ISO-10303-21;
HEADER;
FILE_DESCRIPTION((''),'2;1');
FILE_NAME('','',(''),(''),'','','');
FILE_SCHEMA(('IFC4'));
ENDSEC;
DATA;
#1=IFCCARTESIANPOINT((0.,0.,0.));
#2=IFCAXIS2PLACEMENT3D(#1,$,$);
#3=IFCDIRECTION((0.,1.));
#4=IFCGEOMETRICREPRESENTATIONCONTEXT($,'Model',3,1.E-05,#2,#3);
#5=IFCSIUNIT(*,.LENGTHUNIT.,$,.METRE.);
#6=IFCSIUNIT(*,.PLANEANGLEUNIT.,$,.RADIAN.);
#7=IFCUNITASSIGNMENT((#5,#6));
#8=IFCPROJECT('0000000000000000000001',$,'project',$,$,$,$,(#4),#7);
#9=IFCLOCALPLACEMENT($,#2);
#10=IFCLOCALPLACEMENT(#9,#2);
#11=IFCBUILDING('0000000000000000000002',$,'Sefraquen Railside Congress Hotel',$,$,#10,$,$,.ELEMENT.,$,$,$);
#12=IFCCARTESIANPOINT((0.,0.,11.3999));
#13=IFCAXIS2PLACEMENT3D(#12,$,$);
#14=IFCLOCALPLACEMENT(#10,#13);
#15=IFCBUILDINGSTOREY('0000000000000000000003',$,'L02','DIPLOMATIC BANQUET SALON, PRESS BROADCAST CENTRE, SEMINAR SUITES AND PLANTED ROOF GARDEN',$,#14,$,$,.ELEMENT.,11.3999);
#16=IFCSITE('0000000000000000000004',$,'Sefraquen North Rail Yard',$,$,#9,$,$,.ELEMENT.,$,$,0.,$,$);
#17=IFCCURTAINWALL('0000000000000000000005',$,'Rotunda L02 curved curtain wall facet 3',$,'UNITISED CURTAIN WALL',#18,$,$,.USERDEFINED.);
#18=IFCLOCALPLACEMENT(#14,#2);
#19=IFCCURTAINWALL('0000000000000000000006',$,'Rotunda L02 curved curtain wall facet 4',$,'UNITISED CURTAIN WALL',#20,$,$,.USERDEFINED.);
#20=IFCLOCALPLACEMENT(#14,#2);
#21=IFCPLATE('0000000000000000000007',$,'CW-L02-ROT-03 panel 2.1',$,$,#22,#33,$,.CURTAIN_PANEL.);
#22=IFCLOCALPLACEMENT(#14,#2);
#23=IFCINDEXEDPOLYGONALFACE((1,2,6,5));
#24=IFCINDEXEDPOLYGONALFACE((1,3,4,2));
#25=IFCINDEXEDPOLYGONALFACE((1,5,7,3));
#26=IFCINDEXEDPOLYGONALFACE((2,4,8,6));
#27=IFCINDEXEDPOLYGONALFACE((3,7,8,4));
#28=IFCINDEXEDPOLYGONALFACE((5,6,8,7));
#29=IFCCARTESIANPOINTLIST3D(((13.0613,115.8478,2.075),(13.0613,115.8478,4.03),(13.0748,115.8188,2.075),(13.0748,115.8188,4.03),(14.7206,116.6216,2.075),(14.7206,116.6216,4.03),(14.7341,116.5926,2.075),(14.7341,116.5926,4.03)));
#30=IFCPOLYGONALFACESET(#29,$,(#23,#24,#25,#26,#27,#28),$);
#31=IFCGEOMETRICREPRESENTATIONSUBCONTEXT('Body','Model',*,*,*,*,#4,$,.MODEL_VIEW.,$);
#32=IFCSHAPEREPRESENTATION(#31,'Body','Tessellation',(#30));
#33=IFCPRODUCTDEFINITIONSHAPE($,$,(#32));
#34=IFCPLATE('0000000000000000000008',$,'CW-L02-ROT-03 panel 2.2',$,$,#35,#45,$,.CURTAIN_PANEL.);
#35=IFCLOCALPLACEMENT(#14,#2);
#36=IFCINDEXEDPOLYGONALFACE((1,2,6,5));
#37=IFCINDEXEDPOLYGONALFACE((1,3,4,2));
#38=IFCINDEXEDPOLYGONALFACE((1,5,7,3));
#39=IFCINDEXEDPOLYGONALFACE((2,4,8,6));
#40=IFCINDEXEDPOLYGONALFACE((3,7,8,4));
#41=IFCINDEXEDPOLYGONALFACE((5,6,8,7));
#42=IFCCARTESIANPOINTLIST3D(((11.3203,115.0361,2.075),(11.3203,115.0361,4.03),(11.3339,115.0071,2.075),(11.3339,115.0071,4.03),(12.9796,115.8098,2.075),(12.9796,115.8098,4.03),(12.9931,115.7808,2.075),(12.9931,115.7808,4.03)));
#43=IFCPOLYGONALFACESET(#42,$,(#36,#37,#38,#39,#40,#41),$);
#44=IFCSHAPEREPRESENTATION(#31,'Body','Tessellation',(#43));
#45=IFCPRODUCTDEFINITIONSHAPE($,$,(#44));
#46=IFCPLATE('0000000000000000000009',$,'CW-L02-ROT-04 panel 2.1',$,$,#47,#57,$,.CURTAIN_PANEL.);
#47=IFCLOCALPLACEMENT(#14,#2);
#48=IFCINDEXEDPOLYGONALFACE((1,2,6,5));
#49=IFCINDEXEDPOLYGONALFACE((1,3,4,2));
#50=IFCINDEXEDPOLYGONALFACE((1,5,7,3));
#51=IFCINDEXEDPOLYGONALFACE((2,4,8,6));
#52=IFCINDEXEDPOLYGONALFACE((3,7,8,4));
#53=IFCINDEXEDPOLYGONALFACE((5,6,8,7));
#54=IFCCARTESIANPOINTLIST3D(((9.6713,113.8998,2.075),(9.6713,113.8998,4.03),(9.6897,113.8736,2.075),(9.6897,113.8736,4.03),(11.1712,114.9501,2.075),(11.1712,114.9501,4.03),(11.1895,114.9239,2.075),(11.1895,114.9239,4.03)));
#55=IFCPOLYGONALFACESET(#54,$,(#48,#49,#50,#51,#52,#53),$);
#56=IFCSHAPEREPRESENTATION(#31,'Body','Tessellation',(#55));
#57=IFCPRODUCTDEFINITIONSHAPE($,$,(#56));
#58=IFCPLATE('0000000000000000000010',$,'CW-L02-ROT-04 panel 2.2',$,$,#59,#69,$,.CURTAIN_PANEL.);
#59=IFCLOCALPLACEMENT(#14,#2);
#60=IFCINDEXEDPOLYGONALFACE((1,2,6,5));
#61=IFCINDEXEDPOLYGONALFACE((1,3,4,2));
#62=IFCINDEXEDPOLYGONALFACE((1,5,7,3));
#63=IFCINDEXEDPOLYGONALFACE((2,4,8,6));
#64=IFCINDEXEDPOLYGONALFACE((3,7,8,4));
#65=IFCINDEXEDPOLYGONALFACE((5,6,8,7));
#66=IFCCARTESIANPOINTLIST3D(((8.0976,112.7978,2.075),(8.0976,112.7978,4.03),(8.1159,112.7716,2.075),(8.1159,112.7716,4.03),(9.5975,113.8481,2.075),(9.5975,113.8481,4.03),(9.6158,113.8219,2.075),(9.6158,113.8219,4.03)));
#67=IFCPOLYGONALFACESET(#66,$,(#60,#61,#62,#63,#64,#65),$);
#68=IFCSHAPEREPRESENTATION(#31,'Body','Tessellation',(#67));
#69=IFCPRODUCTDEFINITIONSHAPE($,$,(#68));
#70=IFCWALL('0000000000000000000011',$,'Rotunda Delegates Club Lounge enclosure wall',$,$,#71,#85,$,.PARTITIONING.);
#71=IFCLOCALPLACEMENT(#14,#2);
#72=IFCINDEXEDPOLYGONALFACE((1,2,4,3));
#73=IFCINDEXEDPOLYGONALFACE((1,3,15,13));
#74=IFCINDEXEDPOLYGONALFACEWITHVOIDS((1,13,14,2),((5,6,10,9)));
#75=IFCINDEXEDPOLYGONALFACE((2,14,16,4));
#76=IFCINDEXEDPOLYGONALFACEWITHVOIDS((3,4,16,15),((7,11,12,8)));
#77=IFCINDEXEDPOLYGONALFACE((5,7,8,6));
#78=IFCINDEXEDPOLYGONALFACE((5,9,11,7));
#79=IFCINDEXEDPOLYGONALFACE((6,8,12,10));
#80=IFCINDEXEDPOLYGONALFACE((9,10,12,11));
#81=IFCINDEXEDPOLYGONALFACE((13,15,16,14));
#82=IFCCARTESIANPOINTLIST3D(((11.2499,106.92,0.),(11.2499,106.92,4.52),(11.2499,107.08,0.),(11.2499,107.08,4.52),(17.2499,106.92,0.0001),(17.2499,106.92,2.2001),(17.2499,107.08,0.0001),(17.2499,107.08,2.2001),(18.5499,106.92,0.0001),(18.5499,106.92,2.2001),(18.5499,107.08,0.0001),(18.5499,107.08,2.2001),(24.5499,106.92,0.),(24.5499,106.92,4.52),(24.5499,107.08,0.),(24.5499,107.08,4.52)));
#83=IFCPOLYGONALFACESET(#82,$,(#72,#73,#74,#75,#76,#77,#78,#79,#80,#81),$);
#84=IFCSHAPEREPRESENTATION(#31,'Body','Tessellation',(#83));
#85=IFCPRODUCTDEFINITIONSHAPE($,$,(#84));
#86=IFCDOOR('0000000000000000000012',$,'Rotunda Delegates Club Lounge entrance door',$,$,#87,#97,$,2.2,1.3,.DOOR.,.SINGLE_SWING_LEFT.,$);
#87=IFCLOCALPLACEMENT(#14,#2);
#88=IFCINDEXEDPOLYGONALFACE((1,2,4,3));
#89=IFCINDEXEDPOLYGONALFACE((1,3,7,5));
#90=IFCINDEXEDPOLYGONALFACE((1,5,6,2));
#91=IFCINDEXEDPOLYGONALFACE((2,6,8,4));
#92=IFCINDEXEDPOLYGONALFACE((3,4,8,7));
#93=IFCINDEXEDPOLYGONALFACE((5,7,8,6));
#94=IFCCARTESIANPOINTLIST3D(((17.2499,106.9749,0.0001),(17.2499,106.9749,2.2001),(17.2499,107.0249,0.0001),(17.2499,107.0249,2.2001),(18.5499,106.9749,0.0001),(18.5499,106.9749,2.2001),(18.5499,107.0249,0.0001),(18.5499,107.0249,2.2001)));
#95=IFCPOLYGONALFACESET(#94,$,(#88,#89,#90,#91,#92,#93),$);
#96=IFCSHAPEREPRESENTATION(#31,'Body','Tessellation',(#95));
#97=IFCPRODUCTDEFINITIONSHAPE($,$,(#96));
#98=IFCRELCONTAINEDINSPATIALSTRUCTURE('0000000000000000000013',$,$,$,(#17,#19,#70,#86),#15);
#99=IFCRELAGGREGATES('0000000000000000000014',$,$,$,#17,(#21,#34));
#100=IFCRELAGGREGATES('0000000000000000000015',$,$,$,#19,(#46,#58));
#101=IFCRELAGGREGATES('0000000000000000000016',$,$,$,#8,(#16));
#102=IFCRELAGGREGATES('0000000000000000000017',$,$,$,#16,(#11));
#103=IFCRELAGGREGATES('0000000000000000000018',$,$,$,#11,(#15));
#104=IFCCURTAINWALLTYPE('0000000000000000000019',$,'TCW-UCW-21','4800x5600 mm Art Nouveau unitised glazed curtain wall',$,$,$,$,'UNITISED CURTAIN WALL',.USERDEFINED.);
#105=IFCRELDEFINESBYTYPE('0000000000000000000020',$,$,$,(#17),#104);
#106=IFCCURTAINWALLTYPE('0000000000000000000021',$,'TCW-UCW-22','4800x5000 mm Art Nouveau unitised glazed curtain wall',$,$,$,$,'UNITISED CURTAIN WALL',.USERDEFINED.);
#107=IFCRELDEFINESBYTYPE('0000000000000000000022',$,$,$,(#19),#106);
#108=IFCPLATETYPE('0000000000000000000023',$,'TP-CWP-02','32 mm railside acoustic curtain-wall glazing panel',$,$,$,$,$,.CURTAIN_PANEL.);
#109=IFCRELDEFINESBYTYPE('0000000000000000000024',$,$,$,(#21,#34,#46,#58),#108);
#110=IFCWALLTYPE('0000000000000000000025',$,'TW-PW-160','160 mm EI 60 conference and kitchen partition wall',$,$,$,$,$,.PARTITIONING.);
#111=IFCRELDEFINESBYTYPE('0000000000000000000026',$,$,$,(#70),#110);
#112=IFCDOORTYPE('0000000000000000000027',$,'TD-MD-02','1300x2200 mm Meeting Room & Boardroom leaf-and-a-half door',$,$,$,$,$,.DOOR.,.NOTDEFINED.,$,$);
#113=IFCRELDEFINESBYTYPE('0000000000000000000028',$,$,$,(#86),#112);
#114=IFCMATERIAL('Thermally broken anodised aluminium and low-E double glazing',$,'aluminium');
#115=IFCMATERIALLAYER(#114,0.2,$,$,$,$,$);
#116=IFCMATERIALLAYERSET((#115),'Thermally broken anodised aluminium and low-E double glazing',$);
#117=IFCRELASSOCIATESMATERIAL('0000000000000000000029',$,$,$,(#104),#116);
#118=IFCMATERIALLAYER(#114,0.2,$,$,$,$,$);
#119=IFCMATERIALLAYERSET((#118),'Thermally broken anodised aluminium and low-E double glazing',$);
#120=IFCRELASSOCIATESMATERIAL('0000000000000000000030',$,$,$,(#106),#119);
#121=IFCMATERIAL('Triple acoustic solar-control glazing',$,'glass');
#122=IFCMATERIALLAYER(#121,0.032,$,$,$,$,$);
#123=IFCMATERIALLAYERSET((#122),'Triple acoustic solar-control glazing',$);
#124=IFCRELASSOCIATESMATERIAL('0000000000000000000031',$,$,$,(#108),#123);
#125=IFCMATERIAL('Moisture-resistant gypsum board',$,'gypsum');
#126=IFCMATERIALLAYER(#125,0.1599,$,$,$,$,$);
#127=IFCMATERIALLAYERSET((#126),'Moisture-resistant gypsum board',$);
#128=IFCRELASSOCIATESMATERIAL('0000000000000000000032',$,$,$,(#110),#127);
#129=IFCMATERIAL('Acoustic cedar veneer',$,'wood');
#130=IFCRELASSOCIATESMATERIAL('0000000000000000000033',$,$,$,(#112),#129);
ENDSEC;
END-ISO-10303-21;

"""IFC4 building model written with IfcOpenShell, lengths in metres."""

from ifc_helpers import new_model, si_unit, direction, frame, frame_2d, origin, origin_2d, place, context, subcontext, project, spatial, rectangle, extrude, material, layer, layer_set, type_object, element, fill, aggregate, save


model = new_model("IFC4")

# Units and contexts
model_context = context("Model", 3, precision=1e-05, world=origin(), true_north=direction((0.0, 1.0)))
body_context = subcontext(model_context, "Body", "Model", "MODEL_VIEW")
ifc_project = project(units=[si_unit("LENGTHUNIT", "METRE"), si_unit("PLANEANGLEUNIT", "RADIAN")], contexts=[model_context])

# Site, building, storey
site_placement = place(None, origin())
site = spatial("IfcSite", under=ifc_project, at=site_placement, Name="Sefraquen North Rail Yard", CompositionType="ELEMENT", RefElevation=0.0)
building_placement = place(site_placement, origin())
building = spatial("IfcBuilding", under=site, at=building_placement, Name="Sefraquen Railside Congress Hotel", CompositionType="ELEMENT")
storey_placement = place(building_placement, frame((0.0, 0.0, 11.3999)))
storey = spatial("IfcBuildingStorey", under=building, at=storey_placement, Name="L02", Description="DIPLOMATIC BANQUET SALON, PRESS BROADCAST CENTRE, SEMINAR SUITES AND PLANTED ROOF GARDEN", CompositionType="ELEMENT", Elevation=11.3999)

# Curtain walls
ifc_material_1 = material(Name="Thermally broken anodised aluminium and low-E double glazing", Category="aluminium")
ifc_layer_1 = layer(ifc_material_1, 0.2)
ifc_layer_set_1 = layer_set([ifc_layer_1], Name="Thermally broken anodised aluminium and low-E double glazing")
curtain_wall_type_1 = type_object("IfcCurtainWallType", Name="TCW-UCW-21", Description="4800x5600 mm Art Nouveau unitised glazed curtain wall", ElementType="UNITISED CURTAIN WALL", PredefinedType="USERDEFINED", material=ifc_layer_set_1)
curtain_wall_1_placement = place(storey_placement, origin())
curtain_wall_1 = element("IfcCurtainWall", 1, at=curtain_wall_1_placement, inside=storey, type_object=curtain_wall_type_1, Name="Rotunda L02 curved curtain wall facet 3", ObjectType="UNITISED CURTAIN WALL", PredefinedType="USERDEFINED")
ifc_layer_2 = layer(ifc_material_1, 0.2)
ifc_layer_set_2 = layer_set([ifc_layer_2], Name="Thermally broken anodised aluminium and low-E double glazing")
curtain_wall_type_2 = type_object("IfcCurtainWallType", Name="TCW-UCW-22", Description="4800x5000 mm Art Nouveau unitised glazed curtain wall", ElementType="UNITISED CURTAIN WALL", PredefinedType="USERDEFINED", material=ifc_layer_set_2)
curtain_wall_2_placement = place(storey_placement, origin())
curtain_wall_2 = element("IfcCurtainWall", 2, at=curtain_wall_2_placement, inside=storey, type_object=curtain_wall_type_2, Name="Rotunda L02 curved curtain wall facet 4", ObjectType="UNITISED CURTAIN WALL", PredefinedType="USERDEFINED")

# Plates
ifc_material_2 = material(Name="Triple acoustic solar-control glazing", Category="glass")
ifc_layer_3 = layer(ifc_material_2, 0.032)
ifc_layer_set_3 = layer_set([ifc_layer_3], Name="Triple acoustic solar-control glazing")
plate_type_1 = type_object("IfcPlateType", Name="TP-CWP-02", Description="32 mm railside acoustic curtain-wall glazing panel", PredefinedType="CURTAIN_PANEL", material=ifc_layer_set_3)
plate_1_placement = place(storey_placement, frame((13.8977, 116.2202, 2.075), z_axis=(0.0, 0.0, 1.0), x_axis=(-0.9063, -0.422634, 0.0)))
plate_1 = element("IfcPlate", 3, at=plate_1_placement, type_object=plate_type_1, Name="CW-L02-ROT-03 panel 2.1", PredefinedType="CURTAIN_PANEL", context=body_context, shape_type="SweptSolid", body=[
    extrude(rectangle(XDim=1.8308, YDim=0.032, at=origin_2d()), origin(), (0.0, 0.0, 1.0), 1.9551),
])
plate_2_placement = place(storey_placement, frame((12.1567, 115.4084, 2.075), z_axis=(0.0, 0.0, 1.0), x_axis=(-0.9063, -0.422634, 0.0)))
plate_2 = element("IfcPlate", 4, at=plate_2_placement, type_object=plate_type_1, Name="CW-L02-ROT-03 panel 2.2", PredefinedType="CURTAIN_PANEL", context=body_context, shape_type="SweptSolid", body=[
    extrude(rectangle(XDim=1.8308, YDim=0.032, at=origin_2d()), origin(), (0.0, 0.0, 1.0), 1.9551),
])
aggregate(curtain_wall_1, [plate_1, plate_2])
plate_3_placement = place(storey_placement, frame((10.4304, 114.4119, 2.075), z_axis=(0.0, 0.0, 1.0), x_axis=(-0.819132, -0.573605, 0.0)))
plate_3 = element("IfcPlate", 5, at=plate_3_placement, type_object=plate_type_1, Name="CW-L02-ROT-04 panel 2.1", PredefinedType="CURTAIN_PANEL", context=body_context, shape_type="SweptSolid", body=[
    extrude(rectangle(XDim=1.8311, YDim=0.032, at=origin_2d()), origin(), (0.0, 0.0, 1.0), 1.9551),
])
plate_4_placement = place(storey_placement, frame((8.8567, 113.3098, 2.075), z_axis=(0.0, 0.0, 1.0), x_axis=(-0.819132, -0.573605, 0.0)))
plate_4 = element("IfcPlate", 6, at=plate_4_placement, type_object=plate_type_1, Name="CW-L02-ROT-04 panel 2.2", PredefinedType="CURTAIN_PANEL", context=body_context, shape_type="SweptSolid", body=[
    extrude(rectangle(XDim=1.8311, YDim=0.032, at=origin_2d()), origin(), (0.0, 0.0, 1.0), 1.9551),
])
aggregate(curtain_wall_2, [plate_3, plate_4])

# Wall, opening, door
ifc_material_3 = material(Name="Moisture-resistant gypsum board", Category="gypsum")
ifc_layer_4 = layer(ifc_material_3, 0.1599)
ifc_layer_set_4 = layer_set([ifc_layer_4], Name="Moisture-resistant gypsum board")
wall_type = type_object("IfcWallType", Name="TW-PW-160", Description="160 mm EI 60 conference and kitchen partition wall", PredefinedType="PARTITIONING", material=ifc_layer_set_4)
wall_placement = place(storey_placement, frame((11.25, 107.0, 0.0), z_axis=(0.0, 0.0, 1.0), x_axis=(1.0, 0.0, 0.0)))
wall = element("IfcWall", 7, at=wall_placement, inside=storey, type_object=wall_type, Name="Rotunda Delegates Club Lounge enclosure wall", PredefinedType="PARTITIONING", context=body_context, shape_type="SweptSolid", body=[
    extrude(rectangle(XDim=13.3, YDim=0.1599, at=frame_2d((6.6499, 0.0))), origin(), (0.0, 0.0, 1.0), 4.52),
])
opening_placement = place(wall_placement, frame((6.0, 0.0, 0.0)))
opening = element("IfcOpeningElement", 8, at=opening_placement, cuts=wall, PredefinedType="OPENING", context=body_context, shape_type="SweptSolid", body=[
    extrude(rectangle(XDim=1.3, YDim=2.2, at=frame_2d((0.6499, 1.1001))), frame((0.0, 0.0898, 0.0), z_axis=(0.0, -1.0, 0.0), x_axis=(1.0, 0.0, 0.0)), (0.0, 0.0, 1.0), 0.1799),
])
ifc_material_4 = material(Name="Acoustic cedar veneer", Category="wood")
door_type = type_object("IfcDoorType", Name="TD-MD-02", Description="1300x2200 mm Meeting Room & Boardroom leaf-and-a-half door", OperationType="NOTDEFINED", PredefinedType="DOOR", material=ifc_material_4)
door_placement = place(opening_placement, origin())
door = element("IfcDoor", 9, at=door_placement, inside=storey, type_object=door_type, Name="Rotunda Delegates Club Lounge entrance door", OperationType="SINGLE_SWING_LEFT", OverallHeight=2.2, OverallWidth=1.3, PredefinedType="DOOR", context=body_context, shape_type="SweptSolid", body=[
    extrude(rectangle(XDim=1.3, YDim=2.2, at=frame_2d((0.6499, 1.1001))), frame((0.0, 0.0249, 0.0), z_axis=(0.0, -1.0, 0.0), x_axis=(1.0, 0.0, 0.0)), (0.0, 0.0, 1.0), 0.05),
])
fill(opening, door)

save(model, "model.ifc")
